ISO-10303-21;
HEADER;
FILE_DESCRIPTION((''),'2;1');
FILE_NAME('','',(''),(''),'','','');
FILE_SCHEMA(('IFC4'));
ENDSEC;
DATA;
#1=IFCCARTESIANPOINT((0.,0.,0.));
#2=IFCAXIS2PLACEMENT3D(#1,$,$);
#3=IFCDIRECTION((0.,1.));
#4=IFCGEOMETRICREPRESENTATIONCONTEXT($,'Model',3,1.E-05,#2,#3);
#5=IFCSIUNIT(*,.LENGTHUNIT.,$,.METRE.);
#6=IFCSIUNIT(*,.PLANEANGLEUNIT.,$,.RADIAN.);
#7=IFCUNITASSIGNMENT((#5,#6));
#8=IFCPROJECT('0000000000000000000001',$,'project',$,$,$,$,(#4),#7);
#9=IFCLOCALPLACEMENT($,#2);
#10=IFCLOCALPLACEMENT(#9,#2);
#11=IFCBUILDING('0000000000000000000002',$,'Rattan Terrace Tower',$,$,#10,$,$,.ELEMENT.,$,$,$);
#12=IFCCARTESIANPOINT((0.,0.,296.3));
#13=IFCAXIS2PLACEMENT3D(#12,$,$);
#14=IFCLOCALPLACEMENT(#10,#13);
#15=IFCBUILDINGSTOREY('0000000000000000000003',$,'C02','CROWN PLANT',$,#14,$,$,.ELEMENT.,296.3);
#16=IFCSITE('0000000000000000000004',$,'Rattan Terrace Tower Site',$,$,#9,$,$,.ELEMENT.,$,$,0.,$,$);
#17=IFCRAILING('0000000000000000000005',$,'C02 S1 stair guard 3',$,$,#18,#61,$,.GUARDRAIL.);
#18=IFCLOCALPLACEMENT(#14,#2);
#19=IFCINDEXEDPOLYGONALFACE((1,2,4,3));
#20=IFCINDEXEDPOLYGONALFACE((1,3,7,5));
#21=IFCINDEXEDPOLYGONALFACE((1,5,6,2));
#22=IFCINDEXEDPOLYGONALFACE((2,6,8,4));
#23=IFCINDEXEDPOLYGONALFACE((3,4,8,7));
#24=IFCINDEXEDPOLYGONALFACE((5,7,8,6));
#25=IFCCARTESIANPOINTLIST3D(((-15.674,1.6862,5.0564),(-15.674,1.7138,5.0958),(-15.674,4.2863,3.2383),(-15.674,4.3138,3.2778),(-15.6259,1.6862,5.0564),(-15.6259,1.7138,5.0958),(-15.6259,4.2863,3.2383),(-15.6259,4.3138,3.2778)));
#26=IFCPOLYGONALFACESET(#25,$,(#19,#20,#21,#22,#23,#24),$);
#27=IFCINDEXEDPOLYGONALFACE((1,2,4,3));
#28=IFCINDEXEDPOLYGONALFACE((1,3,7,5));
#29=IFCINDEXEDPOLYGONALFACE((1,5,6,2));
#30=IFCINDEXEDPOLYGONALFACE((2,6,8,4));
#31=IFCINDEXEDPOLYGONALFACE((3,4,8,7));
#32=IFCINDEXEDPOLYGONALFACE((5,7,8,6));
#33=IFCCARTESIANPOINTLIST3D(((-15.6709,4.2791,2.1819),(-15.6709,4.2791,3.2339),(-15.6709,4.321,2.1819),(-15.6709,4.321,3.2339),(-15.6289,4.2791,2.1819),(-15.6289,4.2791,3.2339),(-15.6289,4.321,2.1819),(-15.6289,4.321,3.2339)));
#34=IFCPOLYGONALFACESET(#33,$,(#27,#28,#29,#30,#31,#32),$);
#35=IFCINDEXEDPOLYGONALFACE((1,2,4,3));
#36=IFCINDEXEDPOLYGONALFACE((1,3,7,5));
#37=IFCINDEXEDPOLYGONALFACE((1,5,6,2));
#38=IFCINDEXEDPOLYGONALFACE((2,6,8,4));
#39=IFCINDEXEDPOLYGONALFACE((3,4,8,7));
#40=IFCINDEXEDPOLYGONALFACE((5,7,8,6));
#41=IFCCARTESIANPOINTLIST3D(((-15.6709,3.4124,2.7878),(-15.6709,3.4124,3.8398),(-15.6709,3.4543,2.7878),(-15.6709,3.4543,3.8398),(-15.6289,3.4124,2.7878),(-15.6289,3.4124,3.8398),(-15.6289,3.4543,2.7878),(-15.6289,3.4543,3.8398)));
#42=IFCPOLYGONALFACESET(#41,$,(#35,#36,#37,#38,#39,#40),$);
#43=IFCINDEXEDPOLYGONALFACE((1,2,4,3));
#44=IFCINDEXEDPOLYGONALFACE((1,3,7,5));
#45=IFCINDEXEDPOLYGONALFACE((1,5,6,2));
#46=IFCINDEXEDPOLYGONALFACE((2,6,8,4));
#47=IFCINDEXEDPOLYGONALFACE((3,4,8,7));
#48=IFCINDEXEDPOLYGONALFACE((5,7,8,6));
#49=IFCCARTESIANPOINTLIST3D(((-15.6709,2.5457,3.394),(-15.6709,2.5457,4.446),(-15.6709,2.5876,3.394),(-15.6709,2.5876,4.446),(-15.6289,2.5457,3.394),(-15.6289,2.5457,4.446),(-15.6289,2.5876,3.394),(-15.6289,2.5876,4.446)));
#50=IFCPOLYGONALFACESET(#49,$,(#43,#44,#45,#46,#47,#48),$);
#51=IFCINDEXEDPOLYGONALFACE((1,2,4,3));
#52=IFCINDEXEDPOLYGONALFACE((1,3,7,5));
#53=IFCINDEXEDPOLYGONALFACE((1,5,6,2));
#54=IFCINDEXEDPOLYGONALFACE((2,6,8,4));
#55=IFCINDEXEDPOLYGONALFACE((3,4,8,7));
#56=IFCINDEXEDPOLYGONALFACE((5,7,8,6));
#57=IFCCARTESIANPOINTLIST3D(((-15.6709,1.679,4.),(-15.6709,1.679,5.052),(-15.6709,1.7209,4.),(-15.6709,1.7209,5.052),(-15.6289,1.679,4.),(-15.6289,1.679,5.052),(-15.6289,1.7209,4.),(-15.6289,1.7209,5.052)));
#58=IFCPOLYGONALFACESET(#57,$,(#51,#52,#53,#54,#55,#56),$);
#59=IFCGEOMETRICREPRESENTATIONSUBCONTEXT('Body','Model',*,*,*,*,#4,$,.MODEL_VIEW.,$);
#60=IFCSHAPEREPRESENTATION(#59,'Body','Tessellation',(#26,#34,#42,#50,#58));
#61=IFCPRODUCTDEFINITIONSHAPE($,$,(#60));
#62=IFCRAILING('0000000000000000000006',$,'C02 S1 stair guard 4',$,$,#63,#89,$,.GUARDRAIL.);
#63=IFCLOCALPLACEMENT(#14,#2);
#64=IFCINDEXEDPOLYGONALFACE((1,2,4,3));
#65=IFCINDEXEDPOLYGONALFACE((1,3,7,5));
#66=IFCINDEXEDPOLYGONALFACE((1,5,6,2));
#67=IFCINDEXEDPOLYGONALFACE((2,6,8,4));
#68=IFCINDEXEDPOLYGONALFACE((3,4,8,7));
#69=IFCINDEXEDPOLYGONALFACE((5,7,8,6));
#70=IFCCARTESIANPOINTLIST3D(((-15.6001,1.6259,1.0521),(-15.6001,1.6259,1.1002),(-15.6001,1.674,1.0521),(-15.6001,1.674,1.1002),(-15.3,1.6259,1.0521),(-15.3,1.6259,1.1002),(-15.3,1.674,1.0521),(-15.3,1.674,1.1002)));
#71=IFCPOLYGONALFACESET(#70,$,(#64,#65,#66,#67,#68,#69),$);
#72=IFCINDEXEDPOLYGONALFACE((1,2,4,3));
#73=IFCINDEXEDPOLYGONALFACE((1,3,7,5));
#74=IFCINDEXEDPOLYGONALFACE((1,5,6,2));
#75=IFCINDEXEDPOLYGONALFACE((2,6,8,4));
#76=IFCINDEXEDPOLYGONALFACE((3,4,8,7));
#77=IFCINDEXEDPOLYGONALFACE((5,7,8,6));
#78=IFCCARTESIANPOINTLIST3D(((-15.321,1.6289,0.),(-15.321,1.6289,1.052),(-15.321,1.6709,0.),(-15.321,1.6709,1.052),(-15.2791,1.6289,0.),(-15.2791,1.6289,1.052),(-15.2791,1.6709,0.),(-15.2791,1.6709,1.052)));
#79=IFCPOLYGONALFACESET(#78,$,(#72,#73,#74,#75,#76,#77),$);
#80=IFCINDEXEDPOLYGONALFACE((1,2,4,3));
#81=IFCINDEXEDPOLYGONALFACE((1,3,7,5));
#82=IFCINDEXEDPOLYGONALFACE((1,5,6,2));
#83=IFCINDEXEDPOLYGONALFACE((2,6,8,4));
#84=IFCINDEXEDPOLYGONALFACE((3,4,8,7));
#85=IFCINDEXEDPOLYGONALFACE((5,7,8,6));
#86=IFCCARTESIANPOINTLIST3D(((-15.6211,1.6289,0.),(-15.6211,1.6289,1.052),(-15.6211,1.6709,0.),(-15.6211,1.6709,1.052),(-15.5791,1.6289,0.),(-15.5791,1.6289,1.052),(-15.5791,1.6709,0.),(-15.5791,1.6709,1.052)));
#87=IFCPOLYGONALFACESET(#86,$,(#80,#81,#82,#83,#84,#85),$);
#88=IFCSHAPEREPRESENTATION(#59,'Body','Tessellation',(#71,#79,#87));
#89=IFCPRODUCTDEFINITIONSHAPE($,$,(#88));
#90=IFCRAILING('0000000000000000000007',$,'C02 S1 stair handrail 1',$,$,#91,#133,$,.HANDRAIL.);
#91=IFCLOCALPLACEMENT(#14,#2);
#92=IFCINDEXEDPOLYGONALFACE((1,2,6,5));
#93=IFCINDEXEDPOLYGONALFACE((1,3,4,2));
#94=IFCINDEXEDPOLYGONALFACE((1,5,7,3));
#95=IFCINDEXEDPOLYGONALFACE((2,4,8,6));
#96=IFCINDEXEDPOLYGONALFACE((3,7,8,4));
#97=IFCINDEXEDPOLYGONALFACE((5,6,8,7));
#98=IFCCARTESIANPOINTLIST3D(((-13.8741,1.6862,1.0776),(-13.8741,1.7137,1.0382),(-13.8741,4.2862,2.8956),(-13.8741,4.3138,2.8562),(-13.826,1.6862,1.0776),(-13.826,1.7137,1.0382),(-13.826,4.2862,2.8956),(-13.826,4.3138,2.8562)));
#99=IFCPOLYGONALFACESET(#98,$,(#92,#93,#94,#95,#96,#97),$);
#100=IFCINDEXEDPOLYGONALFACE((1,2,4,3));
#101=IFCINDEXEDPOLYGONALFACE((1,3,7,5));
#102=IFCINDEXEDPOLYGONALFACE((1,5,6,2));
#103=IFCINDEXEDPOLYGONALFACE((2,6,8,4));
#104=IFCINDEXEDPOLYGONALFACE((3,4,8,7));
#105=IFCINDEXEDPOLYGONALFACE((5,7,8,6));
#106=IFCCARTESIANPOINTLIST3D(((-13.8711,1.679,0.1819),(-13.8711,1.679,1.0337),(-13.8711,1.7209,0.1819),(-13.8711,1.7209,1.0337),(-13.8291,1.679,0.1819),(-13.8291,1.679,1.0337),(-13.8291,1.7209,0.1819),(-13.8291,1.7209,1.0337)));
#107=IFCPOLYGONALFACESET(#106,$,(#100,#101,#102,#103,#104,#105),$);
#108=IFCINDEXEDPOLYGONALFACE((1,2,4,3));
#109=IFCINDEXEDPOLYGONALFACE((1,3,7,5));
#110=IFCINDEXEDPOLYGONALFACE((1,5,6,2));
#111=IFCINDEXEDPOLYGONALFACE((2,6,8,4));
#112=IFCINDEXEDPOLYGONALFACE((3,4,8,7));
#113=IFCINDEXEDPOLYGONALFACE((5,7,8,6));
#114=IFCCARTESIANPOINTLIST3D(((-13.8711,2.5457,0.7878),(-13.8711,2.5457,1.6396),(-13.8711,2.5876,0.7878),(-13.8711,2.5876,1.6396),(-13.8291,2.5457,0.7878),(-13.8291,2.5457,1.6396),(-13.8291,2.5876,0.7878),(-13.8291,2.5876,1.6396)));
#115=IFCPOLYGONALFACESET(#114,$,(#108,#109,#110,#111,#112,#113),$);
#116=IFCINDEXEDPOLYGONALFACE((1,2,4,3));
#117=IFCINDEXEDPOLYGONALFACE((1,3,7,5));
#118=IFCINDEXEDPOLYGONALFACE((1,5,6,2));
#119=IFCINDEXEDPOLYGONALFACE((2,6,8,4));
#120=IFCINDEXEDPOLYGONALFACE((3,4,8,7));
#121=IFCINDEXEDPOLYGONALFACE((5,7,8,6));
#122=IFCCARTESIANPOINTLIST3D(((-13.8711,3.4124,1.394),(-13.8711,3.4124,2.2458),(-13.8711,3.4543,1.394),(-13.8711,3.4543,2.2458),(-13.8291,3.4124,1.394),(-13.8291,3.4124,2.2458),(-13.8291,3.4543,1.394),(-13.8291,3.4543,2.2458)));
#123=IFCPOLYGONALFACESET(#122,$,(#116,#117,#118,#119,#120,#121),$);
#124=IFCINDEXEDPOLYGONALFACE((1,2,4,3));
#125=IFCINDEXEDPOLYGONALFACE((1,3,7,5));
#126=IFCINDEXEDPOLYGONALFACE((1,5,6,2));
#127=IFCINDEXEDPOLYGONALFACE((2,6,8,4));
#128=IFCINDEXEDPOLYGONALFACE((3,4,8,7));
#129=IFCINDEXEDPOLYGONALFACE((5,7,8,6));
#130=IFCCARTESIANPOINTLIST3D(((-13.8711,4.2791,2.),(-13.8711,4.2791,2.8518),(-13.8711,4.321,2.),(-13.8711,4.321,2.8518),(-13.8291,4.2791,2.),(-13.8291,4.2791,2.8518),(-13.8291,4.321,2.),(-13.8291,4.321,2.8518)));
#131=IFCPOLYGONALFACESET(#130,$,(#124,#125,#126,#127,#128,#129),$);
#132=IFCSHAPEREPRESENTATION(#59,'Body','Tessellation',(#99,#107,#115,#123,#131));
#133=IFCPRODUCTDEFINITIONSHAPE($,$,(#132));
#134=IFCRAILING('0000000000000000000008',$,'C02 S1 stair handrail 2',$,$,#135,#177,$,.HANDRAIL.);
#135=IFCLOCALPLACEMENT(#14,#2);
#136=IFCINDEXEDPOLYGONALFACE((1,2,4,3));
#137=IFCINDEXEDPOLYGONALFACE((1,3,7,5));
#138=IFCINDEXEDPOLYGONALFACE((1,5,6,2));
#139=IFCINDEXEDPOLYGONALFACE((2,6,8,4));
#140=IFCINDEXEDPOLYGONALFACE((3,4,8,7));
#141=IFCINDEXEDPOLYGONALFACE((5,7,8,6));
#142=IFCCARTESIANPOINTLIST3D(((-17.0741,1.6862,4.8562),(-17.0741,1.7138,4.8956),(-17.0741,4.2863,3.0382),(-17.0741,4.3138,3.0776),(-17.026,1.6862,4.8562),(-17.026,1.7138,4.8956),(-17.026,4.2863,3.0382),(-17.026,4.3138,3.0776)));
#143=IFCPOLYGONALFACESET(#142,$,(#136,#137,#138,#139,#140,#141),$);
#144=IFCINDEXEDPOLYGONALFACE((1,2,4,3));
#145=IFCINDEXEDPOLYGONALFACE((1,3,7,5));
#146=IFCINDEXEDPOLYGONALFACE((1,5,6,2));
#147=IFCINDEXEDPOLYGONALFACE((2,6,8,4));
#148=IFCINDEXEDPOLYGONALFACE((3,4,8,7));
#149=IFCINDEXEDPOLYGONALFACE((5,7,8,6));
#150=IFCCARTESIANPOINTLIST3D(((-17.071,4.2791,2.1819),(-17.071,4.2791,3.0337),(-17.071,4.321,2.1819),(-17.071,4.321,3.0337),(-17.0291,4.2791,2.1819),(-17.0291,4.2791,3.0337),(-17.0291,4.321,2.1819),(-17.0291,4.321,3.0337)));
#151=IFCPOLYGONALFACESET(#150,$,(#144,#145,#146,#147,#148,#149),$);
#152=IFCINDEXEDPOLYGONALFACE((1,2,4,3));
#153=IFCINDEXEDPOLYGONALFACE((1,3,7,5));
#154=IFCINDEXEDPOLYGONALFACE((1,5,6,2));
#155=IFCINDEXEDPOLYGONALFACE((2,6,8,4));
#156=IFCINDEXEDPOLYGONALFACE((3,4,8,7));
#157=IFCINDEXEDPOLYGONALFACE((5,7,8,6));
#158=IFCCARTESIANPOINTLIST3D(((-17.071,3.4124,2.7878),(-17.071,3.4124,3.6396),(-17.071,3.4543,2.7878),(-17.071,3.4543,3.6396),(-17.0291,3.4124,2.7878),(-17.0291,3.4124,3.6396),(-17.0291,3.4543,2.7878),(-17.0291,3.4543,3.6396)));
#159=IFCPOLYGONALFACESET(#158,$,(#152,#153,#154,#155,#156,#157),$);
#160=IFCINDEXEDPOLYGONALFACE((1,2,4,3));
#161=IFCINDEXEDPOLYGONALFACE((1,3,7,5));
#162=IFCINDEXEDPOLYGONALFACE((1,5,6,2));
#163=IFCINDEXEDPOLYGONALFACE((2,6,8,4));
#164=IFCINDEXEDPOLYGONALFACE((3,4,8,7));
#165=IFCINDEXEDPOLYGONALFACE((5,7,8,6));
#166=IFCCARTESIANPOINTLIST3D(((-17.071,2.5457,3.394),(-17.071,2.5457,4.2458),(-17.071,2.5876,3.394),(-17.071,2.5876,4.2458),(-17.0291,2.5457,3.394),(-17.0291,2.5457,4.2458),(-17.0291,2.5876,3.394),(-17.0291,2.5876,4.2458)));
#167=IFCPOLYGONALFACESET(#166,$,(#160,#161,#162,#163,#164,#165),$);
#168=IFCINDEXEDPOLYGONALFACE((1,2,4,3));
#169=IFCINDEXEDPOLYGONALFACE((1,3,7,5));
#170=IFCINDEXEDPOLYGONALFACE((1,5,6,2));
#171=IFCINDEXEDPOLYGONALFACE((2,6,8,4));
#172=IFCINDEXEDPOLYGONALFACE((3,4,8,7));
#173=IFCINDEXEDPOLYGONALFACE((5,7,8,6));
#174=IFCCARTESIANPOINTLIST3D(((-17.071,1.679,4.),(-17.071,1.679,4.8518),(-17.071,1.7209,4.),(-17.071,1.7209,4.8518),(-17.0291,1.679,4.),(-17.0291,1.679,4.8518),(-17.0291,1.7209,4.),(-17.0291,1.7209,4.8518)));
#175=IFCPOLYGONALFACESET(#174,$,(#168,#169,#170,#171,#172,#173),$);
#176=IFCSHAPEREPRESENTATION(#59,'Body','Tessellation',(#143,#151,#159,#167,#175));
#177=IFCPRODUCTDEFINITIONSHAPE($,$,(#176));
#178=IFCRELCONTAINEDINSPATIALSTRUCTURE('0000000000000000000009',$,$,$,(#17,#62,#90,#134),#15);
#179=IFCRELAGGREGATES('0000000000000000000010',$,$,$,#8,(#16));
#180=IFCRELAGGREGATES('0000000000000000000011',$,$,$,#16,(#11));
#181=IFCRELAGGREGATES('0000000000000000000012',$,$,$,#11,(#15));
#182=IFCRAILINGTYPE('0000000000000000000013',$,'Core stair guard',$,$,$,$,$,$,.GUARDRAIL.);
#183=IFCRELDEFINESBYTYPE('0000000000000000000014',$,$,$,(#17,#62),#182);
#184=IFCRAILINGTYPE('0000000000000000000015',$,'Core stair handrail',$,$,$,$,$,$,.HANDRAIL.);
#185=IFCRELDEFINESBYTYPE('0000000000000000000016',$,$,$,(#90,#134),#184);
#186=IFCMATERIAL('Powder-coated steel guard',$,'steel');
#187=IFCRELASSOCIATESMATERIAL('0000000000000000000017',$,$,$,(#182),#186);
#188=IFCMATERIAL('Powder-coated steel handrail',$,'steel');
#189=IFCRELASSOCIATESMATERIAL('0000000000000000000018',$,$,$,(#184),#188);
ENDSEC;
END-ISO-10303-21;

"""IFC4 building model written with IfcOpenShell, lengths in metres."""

from ifc_helpers import new_model, si_unit, direction, frame, origin, origin_2d, place, context, subcontext, project, spatial, rectangle, extrude, material, type_object, element, save


model = new_model("IFC4")

# Units and contexts
model_context = context("Model", 3, precision=1e-05, world=origin(), true_north=direction((0.0, 1.0)))
body_context = subcontext(model_context, "Body", "Model", "MODEL_VIEW")
ifc_project = project(units=[si_unit("LENGTHUNIT", "METRE"), si_unit("PLANEANGLEUNIT", "RADIAN")], contexts=[model_context])

# Site, building, storey
site_placement = place(None, origin())
site = spatial("IfcSite", under=ifc_project, at=site_placement, Name="Rattan Terrace Tower Site", CompositionType="ELEMENT", RefElevation=0.0)
building_placement = place(site_placement, origin())
building = spatial("IfcBuilding", under=site, at=building_placement, Name="Rattan Terrace Tower", CompositionType="ELEMENT")
storey_placement = place(building_placement, frame((0.0, 0.0, 296.3)))
storey = spatial("IfcBuildingStorey", under=building, at=storey_placement, Name="C02", Description="CROWN PLANT", CompositionType="ELEMENT", Elevation=296.3)

# Railings
ifc_material_1 = material(Name="Powder-coated steel guard", Category="steel")
railing_type_1 = type_object("IfcRailingType", Name="Core stair guard", PredefinedType="GUARDRAIL", material=ifc_material_1)
railing_1_placement = place(storey_placement, frame((-15.6499, 4.3, 2.1819)))
element("IfcRailing", 1, at=railing_1_placement, inside=storey, type_object=railing_type_1, Name="C02 S1 stair guard 3", PredefinedType="GUARDRAIL", context=body_context, shape_type="SweptSolid", body=[
    extrude(rectangle(XDim=0.0481, YDim=0.0481, at=origin_2d()), frame((0.0, 0.0, 1.0762), z_axis=(0.0, -0.819521, 0.573049), x_axis=(1.0, 0.0, 0.0)), (0.0, 0.0, 1.0), 3.1726),
    extrude(rectangle(XDim=0.042, YDim=0.042, at=origin_2d()), origin(), (0.0, 0.0, 1.0), 1.052),
    extrude(rectangle(XDim=0.042, YDim=0.042, at=origin_2d()), frame((0.0, -0.8667, 0.606)), (0.0, 0.0, 1.0), 1.052),
    extrude(rectangle(XDim=0.042, YDim=0.042, at=origin_2d()), frame((0.0, -1.7334, 1.2122)), (0.0, 0.0, 1.0), 1.052),
    extrude(rectangle(XDim=0.042, YDim=0.042, at=origin_2d()), frame((0.0, -2.6001, 1.8181)), (0.0, 0.0, 1.0), 1.052),
])
railing_2_placement = place(storey_placement, frame((-15.3, 1.6499, 0.0)))
element("IfcRailing", 2, at=railing_2_placement, inside=storey, type_object=railing_type_1, Name="C02 S1 stair guard 4", PredefinedType="GUARDRAIL", context=body_context, shape_type="SweptSolid", body=[
    extrude(rectangle(XDim=0.0481, YDim=0.0481, at=origin_2d()), frame((0.0, 0.0, 1.0762), z_axis=(-1.0, 0.0, 0.0), x_axis=(0.0, -1.0, 0.0)), (0.0, 0.0, 1.0), 0.3),
    extrude(rectangle(XDim=0.042, YDim=0.042, at=origin_2d()), origin(), (0.0, 0.0, 1.0), 1.052),
    extrude(rectangle(XDim=0.042, YDim=0.042, at=origin_2d()), frame((-0.3, 0.0, 0.0)), (0.0, 0.0, 1.0), 1.052),
])
ifc_material_2 = material(Name="Powder-coated steel handrail", Category="steel")
railing_type_2 = type_object("IfcRailingType", Name="Core stair handrail", PredefinedType="HANDRAIL", material=ifc_material_2)
railing_3_placement = place(storey_placement, frame((-13.8501, 1.7, 0.1819)))
element("IfcRailing", 3, at=railing_3_placement, inside=storey, type_object=railing_type_2, Name="C02 S1 stair handrail 1", PredefinedType="HANDRAIL", context=body_context, shape_type="SweptSolid", body=[
    extrude(rectangle(XDim=0.0481, YDim=0.0481, at=origin_2d()), frame((0.0, 0.0, 0.876), z_axis=(0.0, 0.819521, 0.573049), x_axis=(-1.0, 0.0, 0.0)), (0.0, 0.0, 1.0), 3.1726),
    extrude(rectangle(XDim=0.042, YDim=0.042, at=origin_2d()), origin(), (0.0, 0.0, 1.0), 0.8518),
    extrude(rectangle(XDim=0.042, YDim=0.042, at=origin_2d()), frame((0.0, 0.8667, 0.606)), (0.0, 0.0, 1.0), 0.8518),
    extrude(rectangle(XDim=0.042, YDim=0.042, at=origin_2d()), frame((0.0, 1.7334, 1.2122)), (0.0, 0.0, 1.0), 0.8518),
    extrude(rectangle(XDim=0.042, YDim=0.042, at=origin_2d()), frame((0.0, 2.6001, 1.8181)), (0.0, 0.0, 1.0), 0.8518),
])
railing_4_placement = place(storey_placement, frame((-17.05, 4.3, 2.1819)))
element("IfcRailing", 4, at=railing_4_placement, inside=storey, type_object=railing_type_2, Name="C02 S1 stair handrail 2", PredefinedType="HANDRAIL", context=body_context, shape_type="SweptSolid", body=[
    extrude(rectangle(XDim=0.0481, YDim=0.0481, at=origin_2d()), frame((0.0, 0.0, 0.876), z_axis=(0.0, -0.819521, 0.573049), x_axis=(1.0, 0.0, 0.0)), (0.0, 0.0, 1.0), 3.1726),
    extrude(rectangle(XDim=0.042, YDim=0.042, at=origin_2d()), origin(), (0.0, 0.0, 1.0), 0.8518),
    extrude(rectangle(XDim=0.042, YDim=0.042, at=origin_2d()), frame((0.0, -0.8667, 0.606)), (0.0, 0.0, 1.0), 0.8518),
    extrude(rectangle(XDim=0.042, YDim=0.042, at=origin_2d()), frame((0.0, -1.7334, 1.2122)), (0.0, 0.0, 1.0), 0.8518),
    extrude(rectangle(XDim=0.042, YDim=0.042, at=origin_2d()), frame((0.0, -2.6001, 1.8181)), (0.0, 0.0, 1.0), 0.8518),
])

save(model, "model.ifc")
